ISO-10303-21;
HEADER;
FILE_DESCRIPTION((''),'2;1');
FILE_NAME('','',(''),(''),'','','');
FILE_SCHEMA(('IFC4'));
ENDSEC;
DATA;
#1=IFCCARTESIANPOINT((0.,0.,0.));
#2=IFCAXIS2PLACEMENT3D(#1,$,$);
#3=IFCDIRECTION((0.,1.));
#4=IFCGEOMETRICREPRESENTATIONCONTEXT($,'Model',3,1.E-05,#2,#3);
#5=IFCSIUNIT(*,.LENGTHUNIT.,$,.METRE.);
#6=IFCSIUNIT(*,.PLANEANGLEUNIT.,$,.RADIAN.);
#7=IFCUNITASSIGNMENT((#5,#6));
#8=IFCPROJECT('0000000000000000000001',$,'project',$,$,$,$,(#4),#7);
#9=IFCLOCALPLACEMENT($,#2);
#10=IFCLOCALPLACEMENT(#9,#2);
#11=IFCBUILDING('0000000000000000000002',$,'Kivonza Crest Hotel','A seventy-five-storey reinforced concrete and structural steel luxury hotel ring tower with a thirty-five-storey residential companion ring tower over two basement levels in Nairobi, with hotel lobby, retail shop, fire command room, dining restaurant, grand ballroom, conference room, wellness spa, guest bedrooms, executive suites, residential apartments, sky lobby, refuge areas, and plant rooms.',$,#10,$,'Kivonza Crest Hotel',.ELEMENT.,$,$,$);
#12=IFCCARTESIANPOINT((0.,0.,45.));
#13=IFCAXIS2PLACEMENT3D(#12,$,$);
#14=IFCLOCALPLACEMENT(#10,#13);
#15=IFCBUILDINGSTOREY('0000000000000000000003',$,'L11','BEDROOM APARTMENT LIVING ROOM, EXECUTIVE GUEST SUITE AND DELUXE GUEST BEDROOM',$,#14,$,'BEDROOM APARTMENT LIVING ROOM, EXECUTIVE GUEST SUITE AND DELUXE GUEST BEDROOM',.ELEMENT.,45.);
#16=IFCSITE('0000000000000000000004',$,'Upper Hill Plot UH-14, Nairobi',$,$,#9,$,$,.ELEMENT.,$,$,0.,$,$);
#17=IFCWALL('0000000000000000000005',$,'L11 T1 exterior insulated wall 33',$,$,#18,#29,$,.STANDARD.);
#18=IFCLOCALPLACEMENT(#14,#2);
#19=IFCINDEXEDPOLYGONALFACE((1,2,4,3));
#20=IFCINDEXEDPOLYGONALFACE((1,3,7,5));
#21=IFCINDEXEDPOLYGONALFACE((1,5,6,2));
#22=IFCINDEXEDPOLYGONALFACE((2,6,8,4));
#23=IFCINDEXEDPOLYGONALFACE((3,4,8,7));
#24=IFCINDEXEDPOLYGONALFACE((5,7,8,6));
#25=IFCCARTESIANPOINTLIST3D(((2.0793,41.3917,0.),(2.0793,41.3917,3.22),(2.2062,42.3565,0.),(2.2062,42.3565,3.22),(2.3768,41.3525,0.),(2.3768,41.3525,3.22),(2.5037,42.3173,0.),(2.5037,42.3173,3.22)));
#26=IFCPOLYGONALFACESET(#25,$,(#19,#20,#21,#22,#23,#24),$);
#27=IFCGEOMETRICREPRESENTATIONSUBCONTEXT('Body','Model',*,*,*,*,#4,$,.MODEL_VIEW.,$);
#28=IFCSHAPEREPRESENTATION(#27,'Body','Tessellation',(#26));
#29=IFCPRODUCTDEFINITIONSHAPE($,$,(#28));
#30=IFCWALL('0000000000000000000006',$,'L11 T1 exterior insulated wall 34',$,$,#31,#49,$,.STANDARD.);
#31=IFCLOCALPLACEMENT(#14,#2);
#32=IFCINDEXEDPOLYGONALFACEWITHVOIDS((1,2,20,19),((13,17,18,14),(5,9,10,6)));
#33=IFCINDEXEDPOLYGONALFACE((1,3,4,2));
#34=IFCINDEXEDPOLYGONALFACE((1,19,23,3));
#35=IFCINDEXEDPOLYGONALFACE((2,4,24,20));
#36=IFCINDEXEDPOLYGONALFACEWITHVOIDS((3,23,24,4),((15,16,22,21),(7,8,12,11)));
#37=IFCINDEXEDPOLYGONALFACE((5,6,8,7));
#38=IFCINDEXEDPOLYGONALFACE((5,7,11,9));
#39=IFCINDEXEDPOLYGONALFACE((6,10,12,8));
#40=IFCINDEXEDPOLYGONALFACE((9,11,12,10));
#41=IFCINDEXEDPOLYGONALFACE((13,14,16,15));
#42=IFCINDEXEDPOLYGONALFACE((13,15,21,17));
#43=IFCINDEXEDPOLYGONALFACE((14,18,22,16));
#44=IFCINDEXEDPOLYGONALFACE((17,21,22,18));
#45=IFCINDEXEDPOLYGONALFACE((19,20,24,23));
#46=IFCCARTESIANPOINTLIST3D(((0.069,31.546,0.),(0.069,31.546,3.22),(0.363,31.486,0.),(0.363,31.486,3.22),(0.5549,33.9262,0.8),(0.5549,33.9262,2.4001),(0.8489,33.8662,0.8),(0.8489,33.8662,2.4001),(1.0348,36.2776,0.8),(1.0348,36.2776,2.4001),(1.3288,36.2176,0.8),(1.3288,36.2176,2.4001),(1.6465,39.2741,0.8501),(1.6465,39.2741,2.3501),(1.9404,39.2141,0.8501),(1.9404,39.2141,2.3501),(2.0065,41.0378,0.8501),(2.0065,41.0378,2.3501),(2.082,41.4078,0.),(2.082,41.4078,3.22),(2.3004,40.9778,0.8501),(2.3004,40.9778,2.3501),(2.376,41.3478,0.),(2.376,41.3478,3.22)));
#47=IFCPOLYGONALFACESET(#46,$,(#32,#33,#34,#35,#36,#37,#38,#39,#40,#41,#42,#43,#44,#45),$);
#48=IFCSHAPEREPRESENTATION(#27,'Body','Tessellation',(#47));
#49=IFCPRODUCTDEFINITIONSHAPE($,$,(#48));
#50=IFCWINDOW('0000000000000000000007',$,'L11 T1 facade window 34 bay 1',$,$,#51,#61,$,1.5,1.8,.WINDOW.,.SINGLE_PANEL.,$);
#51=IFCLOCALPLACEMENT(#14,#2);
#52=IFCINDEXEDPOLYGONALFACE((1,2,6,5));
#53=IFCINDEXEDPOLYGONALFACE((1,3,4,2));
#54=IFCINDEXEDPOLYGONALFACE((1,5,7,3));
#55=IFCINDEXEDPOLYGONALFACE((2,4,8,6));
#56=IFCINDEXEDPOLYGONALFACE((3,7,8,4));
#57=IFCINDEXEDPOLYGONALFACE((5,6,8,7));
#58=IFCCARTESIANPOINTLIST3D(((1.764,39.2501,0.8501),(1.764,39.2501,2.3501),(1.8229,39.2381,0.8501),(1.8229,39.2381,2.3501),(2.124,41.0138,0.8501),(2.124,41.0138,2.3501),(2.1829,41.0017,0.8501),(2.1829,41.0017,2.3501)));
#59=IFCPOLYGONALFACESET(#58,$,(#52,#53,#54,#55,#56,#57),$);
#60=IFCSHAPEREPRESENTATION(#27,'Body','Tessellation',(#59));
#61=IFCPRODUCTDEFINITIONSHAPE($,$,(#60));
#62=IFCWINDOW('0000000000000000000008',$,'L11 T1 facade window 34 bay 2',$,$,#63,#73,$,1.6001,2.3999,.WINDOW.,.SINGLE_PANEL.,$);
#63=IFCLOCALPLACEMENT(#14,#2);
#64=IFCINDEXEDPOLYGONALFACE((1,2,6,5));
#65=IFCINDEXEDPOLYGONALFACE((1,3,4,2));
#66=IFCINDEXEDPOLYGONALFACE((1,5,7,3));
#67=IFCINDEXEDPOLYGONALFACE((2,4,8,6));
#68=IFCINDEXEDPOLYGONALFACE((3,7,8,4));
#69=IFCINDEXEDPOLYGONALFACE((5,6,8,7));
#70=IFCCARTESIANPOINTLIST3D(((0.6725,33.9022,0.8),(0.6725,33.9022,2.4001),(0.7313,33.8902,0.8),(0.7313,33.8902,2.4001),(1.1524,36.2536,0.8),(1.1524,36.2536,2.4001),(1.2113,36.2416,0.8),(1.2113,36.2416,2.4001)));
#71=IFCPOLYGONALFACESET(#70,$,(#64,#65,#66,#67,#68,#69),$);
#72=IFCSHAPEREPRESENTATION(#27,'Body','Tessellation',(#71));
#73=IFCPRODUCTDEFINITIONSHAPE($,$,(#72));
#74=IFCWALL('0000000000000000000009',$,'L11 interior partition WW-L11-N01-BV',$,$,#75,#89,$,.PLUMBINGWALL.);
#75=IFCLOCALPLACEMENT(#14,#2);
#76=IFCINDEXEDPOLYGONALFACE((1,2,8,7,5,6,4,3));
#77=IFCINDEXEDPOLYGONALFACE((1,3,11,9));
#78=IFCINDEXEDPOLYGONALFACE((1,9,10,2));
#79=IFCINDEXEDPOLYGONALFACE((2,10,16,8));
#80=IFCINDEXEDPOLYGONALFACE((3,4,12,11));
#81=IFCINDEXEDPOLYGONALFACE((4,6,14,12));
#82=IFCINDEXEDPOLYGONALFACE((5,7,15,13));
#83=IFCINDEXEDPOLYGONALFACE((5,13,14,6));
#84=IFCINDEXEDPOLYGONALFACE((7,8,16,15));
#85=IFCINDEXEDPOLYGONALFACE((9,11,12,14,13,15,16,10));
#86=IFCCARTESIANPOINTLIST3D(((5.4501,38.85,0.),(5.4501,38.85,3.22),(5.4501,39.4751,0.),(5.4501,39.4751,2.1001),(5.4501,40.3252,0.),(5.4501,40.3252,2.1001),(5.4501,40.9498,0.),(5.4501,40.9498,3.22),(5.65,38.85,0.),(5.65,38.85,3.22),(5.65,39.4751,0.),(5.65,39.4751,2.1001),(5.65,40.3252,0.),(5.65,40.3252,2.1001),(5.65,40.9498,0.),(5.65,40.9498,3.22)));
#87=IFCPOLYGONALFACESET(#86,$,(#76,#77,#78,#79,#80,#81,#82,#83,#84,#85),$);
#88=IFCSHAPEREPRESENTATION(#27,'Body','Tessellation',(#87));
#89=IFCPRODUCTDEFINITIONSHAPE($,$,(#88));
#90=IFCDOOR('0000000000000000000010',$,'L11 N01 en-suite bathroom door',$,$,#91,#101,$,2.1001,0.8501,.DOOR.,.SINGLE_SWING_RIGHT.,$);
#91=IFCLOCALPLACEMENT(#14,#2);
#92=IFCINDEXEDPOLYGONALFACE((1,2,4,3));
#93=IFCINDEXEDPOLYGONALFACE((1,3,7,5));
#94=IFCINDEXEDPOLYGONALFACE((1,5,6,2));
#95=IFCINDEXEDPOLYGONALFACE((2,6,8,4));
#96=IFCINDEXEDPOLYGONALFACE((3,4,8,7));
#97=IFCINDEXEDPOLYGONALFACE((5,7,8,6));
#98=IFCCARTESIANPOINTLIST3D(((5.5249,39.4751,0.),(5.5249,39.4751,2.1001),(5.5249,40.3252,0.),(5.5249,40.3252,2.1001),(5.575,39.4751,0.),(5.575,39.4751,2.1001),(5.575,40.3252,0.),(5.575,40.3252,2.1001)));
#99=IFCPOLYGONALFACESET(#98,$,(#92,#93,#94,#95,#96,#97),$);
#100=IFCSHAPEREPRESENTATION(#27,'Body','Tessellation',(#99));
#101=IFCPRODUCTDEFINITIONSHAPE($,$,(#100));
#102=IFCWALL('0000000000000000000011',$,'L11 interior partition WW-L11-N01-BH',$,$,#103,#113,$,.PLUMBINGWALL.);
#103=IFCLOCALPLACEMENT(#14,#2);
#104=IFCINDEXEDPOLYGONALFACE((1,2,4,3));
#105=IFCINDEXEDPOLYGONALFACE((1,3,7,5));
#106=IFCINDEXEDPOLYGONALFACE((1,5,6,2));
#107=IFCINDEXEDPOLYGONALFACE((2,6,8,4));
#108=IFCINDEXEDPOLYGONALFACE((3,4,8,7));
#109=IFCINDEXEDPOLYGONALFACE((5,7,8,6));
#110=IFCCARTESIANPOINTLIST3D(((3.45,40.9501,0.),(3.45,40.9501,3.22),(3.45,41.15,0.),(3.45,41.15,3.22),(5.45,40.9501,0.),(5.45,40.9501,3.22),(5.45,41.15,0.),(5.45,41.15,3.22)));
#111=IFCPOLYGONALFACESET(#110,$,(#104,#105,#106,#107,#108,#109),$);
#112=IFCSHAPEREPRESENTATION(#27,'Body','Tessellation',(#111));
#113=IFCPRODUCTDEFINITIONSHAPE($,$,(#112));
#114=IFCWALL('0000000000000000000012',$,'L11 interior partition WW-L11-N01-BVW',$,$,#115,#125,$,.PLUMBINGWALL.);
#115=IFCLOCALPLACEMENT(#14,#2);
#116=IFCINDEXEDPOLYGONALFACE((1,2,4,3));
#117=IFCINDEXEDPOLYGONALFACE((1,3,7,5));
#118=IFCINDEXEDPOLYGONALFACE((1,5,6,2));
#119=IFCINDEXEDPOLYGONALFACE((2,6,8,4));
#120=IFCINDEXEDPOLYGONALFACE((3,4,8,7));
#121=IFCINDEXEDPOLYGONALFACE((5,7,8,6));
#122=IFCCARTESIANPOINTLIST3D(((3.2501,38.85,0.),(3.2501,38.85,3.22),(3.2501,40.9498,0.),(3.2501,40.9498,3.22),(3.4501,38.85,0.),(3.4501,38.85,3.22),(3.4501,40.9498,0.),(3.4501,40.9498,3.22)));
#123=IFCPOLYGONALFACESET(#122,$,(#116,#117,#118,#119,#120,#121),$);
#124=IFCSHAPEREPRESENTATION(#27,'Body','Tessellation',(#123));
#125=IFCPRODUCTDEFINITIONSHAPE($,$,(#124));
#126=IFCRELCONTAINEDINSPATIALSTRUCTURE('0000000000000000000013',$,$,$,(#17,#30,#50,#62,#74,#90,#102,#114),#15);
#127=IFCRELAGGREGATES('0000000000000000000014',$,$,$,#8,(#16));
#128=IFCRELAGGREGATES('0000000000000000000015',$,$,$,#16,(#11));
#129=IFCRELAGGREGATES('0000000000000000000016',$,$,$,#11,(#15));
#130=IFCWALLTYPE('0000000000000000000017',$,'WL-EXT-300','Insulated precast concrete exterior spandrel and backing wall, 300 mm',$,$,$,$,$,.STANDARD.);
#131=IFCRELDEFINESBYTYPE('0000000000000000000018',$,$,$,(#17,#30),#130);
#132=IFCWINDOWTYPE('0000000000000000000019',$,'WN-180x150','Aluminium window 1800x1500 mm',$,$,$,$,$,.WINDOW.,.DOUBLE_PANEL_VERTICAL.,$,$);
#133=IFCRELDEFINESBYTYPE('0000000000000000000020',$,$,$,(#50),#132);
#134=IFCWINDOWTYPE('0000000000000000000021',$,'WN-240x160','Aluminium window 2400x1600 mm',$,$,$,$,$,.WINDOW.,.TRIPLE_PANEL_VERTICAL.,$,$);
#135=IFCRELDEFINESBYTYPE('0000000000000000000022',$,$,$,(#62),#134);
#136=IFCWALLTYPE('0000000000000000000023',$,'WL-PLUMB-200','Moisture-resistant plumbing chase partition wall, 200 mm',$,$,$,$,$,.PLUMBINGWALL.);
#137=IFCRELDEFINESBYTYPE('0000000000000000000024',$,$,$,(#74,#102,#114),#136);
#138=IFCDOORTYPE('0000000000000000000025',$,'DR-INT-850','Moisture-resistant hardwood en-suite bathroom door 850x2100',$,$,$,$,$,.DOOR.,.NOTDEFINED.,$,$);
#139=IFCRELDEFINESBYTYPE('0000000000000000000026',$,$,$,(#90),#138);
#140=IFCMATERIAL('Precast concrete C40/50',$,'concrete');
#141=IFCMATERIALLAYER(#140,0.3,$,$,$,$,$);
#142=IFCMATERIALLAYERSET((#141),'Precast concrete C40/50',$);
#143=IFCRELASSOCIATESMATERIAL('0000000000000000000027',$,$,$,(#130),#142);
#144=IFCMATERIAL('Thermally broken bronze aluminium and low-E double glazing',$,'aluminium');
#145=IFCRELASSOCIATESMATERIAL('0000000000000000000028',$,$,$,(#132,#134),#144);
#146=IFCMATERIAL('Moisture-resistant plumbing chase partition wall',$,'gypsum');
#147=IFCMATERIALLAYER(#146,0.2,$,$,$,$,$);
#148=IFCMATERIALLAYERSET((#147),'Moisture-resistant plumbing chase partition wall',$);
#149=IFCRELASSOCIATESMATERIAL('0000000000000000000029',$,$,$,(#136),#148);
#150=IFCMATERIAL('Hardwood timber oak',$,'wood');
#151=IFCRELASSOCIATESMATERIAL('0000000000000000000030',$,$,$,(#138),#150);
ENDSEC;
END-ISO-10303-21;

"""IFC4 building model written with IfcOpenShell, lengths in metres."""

from ifc_helpers import new_model, si_unit, direction, frame, frame_2d, origin, place, context, subcontext, project, spatial, rectangle, extrude, material, layer, layer_set, type_object, element, fill, save


model = new_model("IFC4")

# Units and contexts
model_context = context("Model", 3, precision=1e-05, world=origin(), true_north=direction((0.0, 1.0)))
body_context = subcontext(model_context, "Body", "Model", "MODEL_VIEW")
ifc_project = project(units=[si_unit("LENGTHUNIT", "METRE"), si_unit("PLANEANGLEUNIT", "RADIAN")], contexts=[model_context])

# Site, building, storey
site_placement = place(None, origin())
site = spatial("IfcSite", under=ifc_project, at=site_placement, Name="Upper Hill Plot UH-14, Nairobi", CompositionType="ELEMENT", RefElevation=0.0)
building_placement = place(site_placement, origin())
building = spatial("IfcBuilding", under=site, at=building_placement, Name="Kivonza Crest Hotel", Description="A seventy-five-storey reinforced concrete and structural steel luxury hotel ring tower with a thirty-five-storey residential companion ring tower over two basement levels in Nairobi, with hotel lobby, retail shop, fire command room, dining restaurant, grand ballroom, conference room, wellness spa, guest bedrooms, executive suites, residential apartments, sky lobby, refuge areas, and plant rooms.", LongName="Kivonza Crest Hotel", CompositionType="ELEMENT")
storey_placement = place(building_placement, frame((0.0, 0.0, 45.0)))
storey = spatial("IfcBuildingStorey", under=building, at=storey_placement, Name="L11", Description="BEDROOM APARTMENT LIVING ROOM, EXECUTIVE GUEST SUITE AND DELUXE GUEST BEDROOM", LongName="BEDROOM APARTMENT LIVING ROOM, EXECUTIVE GUEST SUITE AND DELUXE GUEST BEDROOM", CompositionType="ELEMENT", Elevation=45.0)

# Shared definitions
ifc_material_1 = material(Name="Hardwood timber oak", Category="wood")

# Wall
ifc_material_2 = material(Name="Precast concrete C40/50", Category="concrete")
ifc_layer_1 = layer(ifc_material_2, 0.3)
ifc_layer_set_1 = layer_set([ifc_layer_1], Name="Precast concrete C40/50")
wall_type_1 = type_object("IfcWallType", Name="WL-EXT-300", Description="Insulated precast concrete exterior spandrel and backing wall, 300 mm", PredefinedType="STANDARD", material=ifc_layer_set_1)
wall_1_placement = place(storey_placement, frame((2.355, 42.3369, 0.0), z_axis=(0.0, 0.0, 1.0), x_axis=(-0.130455, -0.991454, 0.0)))
element("IfcWall", 1, at=wall_1_placement, inside=storey, type_object=wall_type_1, Name="L11 T1 exterior insulated wall 33", PredefinedType="STANDARD", context=body_context, shape_type="SweptSolid", body=[
    extrude(rectangle(XDim=0.9731, YDim=0.3, at=frame_2d((0.4866, 0.0))), origin(), (0.0, 0.0, 1.0), 3.22),
])

# Wall, openings, windows
wall_2_placement = place(storey_placement, frame((2.229, 41.3779, 0.0), z_axis=(0.0, 0.0, 1.0), x_axis=(-0.199991, -0.979798, 0.0)))
wall_2 = element("IfcWall", 2, at=wall_2_placement, inside=storey, type_object=wall_type_1, Name="L11 T1 exterior insulated wall 34", PredefinedType="STANDARD", context=body_context, shape_type="SweptSolid", body=[
    extrude(rectangle(XDim=10.0652, YDim=0.3, at=frame_2d((5.0327, 0.0))), origin(), (0.0, 0.0, 1.0), 3.22),
])
opening_1_placement = place(wall_2_placement, frame((0.3779, 0.0, 0.8501)))
opening_1 = element("IfcOpeningElement", 3, at=opening_1_placement, cuts=wall_2, PredefinedType="OPENING", context=body_context, shape_type="SweptSolid", body=[
    extrude(rectangle(XDim=1.8, YDim=1.5, at=frame_2d((0.8999, 0.75))), frame((0.0, 0.1602, 0.0), z_axis=(0.0, -1.0, 0.0), x_axis=(1.0, 0.0, 0.0)), (0.0, 0.0, 1.0), 0.3201),
])
opening_2_placement = place(wall_2_placement, frame((5.2361, 0.0, 0.8)))
opening_2 = element("IfcOpeningElement", 4, at=opening_2_placement, cuts=wall_2, PredefinedType="OPENING", context=body_context, shape_type="SweptSolid", body=[
    extrude(rectangle(XDim=2.3999, YDim=1.6001, at=frame_2d((1.2, 0.8))), frame((0.0, 0.1602, 0.0), z_axis=(0.0, -1.0, 0.0), x_axis=(1.0, 0.0, 0.0)), (0.0, 0.0, 1.0), 0.3201),
])
ifc_material_3 = material(Name="Thermally broken bronze aluminium and low-E double glazing", Category="aluminium")
window_type_1 = type_object("IfcWindowType", Name="WN-180x150", Description="Aluminium window 1800x1500 mm", PartitioningType="DOUBLE_PANEL_VERTICAL", PredefinedType="WINDOW", material=ifc_material_3)
window_1_placement = place(opening_1_placement, origin())
window_1 = element("IfcWindow", 5, at=window_1_placement, inside=storey, type_object=window_type_1, Name="L11 T1 facade window 34 bay 1", OverallHeight=1.5, OverallWidth=1.8, PartitioningType="SINGLE_PANEL", PredefinedType="WINDOW", context=body_context, shape_type="SweptSolid", body=[
    extrude(rectangle(XDim=1.8, YDim=1.5, at=frame_2d((0.8999, 0.75))), frame((0.0, 0.03, 0.0), z_axis=(0.0, -1.0, 0.0), x_axis=(1.0, 0.0, 0.0)), (0.0, 0.0, 1.0), 0.0601),
])
fill(opening_1, window_1)
window_type_2 = type_object("IfcWindowType", Name="WN-240x160", Description="Aluminium window 2400x1600 mm", PartitioningType="TRIPLE_PANEL_VERTICAL", PredefinedType="WINDOW", material=ifc_material_3)
window_2_placement = place(opening_2_placement, origin())
window_2 = element("IfcWindow", 6, at=window_2_placement, inside=storey, type_object=window_type_2, Name="L11 T1 facade window 34 bay 2", OverallHeight=1.6001, OverallWidth=2.3999, PartitioningType="SINGLE_PANEL", PredefinedType="WINDOW", context=body_context, shape_type="SweptSolid", body=[
    extrude(rectangle(XDim=2.3999, YDim=1.6001, at=frame_2d((1.2, 0.8))), frame((0.0, 0.03, 0.0), z_axis=(0.0, -1.0, 0.0), x_axis=(1.0, 0.0, 0.0)), (0.0, 0.0, 1.0), 0.0601),
])
fill(opening_2, window_2)

# Wall, opening, door
ifc_material_4 = material(Name="Moisture-resistant plumbing chase partition wall", Category="gypsum")
ifc_layer_2 = layer(ifc_material_4, 0.2)
ifc_layer_set_2 = layer_set([ifc_layer_2], Name="Moisture-resistant plumbing chase partition wall")
wall_type_2 = type_object("IfcWallType", Name="WL-PLUMB-200", Description="Moisture-resistant plumbing chase partition wall, 200 mm", PredefinedType="PLUMBINGWALL", material=ifc_layer_set_2)
wall_3_placement = place(storey_placement, frame((5.55, 38.8501, 0.0), z_axis=(0.0, 0.0, 1.0), x_axis=(0.0, 1.0, 0.0)))
wall_3 = element("IfcWall", 7, at=wall_3_placement, inside=storey, type_object=wall_type_2, Name="L11 interior partition WW-L11-N01-BV", PredefinedType="PLUMBINGWALL", context=body_context, shape_type="SweptSolid", body=[
    extrude(rectangle(XDim=2.0999, YDim=0.2, at=frame_2d((1.0498, 0.0))), origin(), (0.0, 0.0, 1.0), 3.22),
])
opening_3_placement = place(wall_3_placement, frame((0.625, 0.0, 0.0)))
opening_3 = element("IfcOpeningElement", 8, at=opening_3_placement, cuts=wall_3, PredefinedType="OPENING", context=body_context, shape_type="SweptSolid", body=[
    extrude(rectangle(XDim=0.8501, YDim=2.1001, at=frame_2d((0.425, 1.05))), frame((0.0, 0.1099, 0.0), z_axis=(0.0, -1.0, 0.0), x_axis=(1.0, 0.0, 0.0)), (0.0, 0.0, 1.0), 0.22),
])
door_type_1 = type_object("IfcDoorType", Name="DR-INT-850", Description="Moisture-resistant hardwood en-suite bathroom door 850x2100", OperationType="NOTDEFINED", PredefinedType="DOOR", material=ifc_material_1)
door_1_placement = place(opening_3_placement, frame((0.8501, 0.0, 0.0), z_axis=(0.0, 0.0, 1.0), x_axis=(-1.0, 0.0, 0.0)))
door_1 = element("IfcDoor", 9, at=door_1_placement, inside=storey, type_object=door_type_1, Name="L11 N01 en-suite bathroom door", OperationType="SINGLE_SWING_RIGHT", OverallHeight=2.1001, OverallWidth=0.8501, PredefinedType="DOOR", context=body_context, shape_type="SweptSolid", body=[
    extrude(rectangle(XDim=0.8501, YDim=2.1001, at=frame_2d((0.425, 1.05))), frame((0.0, 0.0249, 0.0), z_axis=(0.0, -1.0, 0.0), x_axis=(1.0, 0.0, 0.0)), (0.0, 0.0, 1.0), 0.05),
])
fill(opening_3, door_1)

# Walls
wall_4_placement = place(storey_placement, frame((3.45, 41.05, 0.0), z_axis=(0.0, 0.0, 1.0), x_axis=(1.0, 0.0, 0.0)))
element("IfcWall", 10, at=wall_4_placement, inside=storey, type_object=wall_type_2, Name="L11 interior partition WW-L11-N01-BH", PredefinedType="PLUMBINGWALL", context=body_context, shape_type="SweptSolid", body=[
    extrude(rectangle(XDim=2.0, YDim=0.2, at=frame_2d((1.0, 0.0))), origin(), (0.0, 0.0, 1.0), 3.22),
])
wall_5_placement = place(storey_placement, frame((3.3501, 38.8501, 0.0), z_axis=(0.0, 0.0, 1.0), x_axis=(0.0, 1.0, 0.0)))
element("IfcWall", 11, at=wall_5_placement, inside=storey, type_object=wall_type_2, Name="L11 interior partition WW-L11-N01-BVW", PredefinedType="PLUMBINGWALL", context=body_context, shape_type="SweptSolid", body=[
    extrude(rectangle(XDim=2.0999, YDim=0.2, at=frame_2d((1.0498, 0.0))), origin(), (0.0, 0.0, 1.0), 3.22),
])

save(model, "model.ifc")
